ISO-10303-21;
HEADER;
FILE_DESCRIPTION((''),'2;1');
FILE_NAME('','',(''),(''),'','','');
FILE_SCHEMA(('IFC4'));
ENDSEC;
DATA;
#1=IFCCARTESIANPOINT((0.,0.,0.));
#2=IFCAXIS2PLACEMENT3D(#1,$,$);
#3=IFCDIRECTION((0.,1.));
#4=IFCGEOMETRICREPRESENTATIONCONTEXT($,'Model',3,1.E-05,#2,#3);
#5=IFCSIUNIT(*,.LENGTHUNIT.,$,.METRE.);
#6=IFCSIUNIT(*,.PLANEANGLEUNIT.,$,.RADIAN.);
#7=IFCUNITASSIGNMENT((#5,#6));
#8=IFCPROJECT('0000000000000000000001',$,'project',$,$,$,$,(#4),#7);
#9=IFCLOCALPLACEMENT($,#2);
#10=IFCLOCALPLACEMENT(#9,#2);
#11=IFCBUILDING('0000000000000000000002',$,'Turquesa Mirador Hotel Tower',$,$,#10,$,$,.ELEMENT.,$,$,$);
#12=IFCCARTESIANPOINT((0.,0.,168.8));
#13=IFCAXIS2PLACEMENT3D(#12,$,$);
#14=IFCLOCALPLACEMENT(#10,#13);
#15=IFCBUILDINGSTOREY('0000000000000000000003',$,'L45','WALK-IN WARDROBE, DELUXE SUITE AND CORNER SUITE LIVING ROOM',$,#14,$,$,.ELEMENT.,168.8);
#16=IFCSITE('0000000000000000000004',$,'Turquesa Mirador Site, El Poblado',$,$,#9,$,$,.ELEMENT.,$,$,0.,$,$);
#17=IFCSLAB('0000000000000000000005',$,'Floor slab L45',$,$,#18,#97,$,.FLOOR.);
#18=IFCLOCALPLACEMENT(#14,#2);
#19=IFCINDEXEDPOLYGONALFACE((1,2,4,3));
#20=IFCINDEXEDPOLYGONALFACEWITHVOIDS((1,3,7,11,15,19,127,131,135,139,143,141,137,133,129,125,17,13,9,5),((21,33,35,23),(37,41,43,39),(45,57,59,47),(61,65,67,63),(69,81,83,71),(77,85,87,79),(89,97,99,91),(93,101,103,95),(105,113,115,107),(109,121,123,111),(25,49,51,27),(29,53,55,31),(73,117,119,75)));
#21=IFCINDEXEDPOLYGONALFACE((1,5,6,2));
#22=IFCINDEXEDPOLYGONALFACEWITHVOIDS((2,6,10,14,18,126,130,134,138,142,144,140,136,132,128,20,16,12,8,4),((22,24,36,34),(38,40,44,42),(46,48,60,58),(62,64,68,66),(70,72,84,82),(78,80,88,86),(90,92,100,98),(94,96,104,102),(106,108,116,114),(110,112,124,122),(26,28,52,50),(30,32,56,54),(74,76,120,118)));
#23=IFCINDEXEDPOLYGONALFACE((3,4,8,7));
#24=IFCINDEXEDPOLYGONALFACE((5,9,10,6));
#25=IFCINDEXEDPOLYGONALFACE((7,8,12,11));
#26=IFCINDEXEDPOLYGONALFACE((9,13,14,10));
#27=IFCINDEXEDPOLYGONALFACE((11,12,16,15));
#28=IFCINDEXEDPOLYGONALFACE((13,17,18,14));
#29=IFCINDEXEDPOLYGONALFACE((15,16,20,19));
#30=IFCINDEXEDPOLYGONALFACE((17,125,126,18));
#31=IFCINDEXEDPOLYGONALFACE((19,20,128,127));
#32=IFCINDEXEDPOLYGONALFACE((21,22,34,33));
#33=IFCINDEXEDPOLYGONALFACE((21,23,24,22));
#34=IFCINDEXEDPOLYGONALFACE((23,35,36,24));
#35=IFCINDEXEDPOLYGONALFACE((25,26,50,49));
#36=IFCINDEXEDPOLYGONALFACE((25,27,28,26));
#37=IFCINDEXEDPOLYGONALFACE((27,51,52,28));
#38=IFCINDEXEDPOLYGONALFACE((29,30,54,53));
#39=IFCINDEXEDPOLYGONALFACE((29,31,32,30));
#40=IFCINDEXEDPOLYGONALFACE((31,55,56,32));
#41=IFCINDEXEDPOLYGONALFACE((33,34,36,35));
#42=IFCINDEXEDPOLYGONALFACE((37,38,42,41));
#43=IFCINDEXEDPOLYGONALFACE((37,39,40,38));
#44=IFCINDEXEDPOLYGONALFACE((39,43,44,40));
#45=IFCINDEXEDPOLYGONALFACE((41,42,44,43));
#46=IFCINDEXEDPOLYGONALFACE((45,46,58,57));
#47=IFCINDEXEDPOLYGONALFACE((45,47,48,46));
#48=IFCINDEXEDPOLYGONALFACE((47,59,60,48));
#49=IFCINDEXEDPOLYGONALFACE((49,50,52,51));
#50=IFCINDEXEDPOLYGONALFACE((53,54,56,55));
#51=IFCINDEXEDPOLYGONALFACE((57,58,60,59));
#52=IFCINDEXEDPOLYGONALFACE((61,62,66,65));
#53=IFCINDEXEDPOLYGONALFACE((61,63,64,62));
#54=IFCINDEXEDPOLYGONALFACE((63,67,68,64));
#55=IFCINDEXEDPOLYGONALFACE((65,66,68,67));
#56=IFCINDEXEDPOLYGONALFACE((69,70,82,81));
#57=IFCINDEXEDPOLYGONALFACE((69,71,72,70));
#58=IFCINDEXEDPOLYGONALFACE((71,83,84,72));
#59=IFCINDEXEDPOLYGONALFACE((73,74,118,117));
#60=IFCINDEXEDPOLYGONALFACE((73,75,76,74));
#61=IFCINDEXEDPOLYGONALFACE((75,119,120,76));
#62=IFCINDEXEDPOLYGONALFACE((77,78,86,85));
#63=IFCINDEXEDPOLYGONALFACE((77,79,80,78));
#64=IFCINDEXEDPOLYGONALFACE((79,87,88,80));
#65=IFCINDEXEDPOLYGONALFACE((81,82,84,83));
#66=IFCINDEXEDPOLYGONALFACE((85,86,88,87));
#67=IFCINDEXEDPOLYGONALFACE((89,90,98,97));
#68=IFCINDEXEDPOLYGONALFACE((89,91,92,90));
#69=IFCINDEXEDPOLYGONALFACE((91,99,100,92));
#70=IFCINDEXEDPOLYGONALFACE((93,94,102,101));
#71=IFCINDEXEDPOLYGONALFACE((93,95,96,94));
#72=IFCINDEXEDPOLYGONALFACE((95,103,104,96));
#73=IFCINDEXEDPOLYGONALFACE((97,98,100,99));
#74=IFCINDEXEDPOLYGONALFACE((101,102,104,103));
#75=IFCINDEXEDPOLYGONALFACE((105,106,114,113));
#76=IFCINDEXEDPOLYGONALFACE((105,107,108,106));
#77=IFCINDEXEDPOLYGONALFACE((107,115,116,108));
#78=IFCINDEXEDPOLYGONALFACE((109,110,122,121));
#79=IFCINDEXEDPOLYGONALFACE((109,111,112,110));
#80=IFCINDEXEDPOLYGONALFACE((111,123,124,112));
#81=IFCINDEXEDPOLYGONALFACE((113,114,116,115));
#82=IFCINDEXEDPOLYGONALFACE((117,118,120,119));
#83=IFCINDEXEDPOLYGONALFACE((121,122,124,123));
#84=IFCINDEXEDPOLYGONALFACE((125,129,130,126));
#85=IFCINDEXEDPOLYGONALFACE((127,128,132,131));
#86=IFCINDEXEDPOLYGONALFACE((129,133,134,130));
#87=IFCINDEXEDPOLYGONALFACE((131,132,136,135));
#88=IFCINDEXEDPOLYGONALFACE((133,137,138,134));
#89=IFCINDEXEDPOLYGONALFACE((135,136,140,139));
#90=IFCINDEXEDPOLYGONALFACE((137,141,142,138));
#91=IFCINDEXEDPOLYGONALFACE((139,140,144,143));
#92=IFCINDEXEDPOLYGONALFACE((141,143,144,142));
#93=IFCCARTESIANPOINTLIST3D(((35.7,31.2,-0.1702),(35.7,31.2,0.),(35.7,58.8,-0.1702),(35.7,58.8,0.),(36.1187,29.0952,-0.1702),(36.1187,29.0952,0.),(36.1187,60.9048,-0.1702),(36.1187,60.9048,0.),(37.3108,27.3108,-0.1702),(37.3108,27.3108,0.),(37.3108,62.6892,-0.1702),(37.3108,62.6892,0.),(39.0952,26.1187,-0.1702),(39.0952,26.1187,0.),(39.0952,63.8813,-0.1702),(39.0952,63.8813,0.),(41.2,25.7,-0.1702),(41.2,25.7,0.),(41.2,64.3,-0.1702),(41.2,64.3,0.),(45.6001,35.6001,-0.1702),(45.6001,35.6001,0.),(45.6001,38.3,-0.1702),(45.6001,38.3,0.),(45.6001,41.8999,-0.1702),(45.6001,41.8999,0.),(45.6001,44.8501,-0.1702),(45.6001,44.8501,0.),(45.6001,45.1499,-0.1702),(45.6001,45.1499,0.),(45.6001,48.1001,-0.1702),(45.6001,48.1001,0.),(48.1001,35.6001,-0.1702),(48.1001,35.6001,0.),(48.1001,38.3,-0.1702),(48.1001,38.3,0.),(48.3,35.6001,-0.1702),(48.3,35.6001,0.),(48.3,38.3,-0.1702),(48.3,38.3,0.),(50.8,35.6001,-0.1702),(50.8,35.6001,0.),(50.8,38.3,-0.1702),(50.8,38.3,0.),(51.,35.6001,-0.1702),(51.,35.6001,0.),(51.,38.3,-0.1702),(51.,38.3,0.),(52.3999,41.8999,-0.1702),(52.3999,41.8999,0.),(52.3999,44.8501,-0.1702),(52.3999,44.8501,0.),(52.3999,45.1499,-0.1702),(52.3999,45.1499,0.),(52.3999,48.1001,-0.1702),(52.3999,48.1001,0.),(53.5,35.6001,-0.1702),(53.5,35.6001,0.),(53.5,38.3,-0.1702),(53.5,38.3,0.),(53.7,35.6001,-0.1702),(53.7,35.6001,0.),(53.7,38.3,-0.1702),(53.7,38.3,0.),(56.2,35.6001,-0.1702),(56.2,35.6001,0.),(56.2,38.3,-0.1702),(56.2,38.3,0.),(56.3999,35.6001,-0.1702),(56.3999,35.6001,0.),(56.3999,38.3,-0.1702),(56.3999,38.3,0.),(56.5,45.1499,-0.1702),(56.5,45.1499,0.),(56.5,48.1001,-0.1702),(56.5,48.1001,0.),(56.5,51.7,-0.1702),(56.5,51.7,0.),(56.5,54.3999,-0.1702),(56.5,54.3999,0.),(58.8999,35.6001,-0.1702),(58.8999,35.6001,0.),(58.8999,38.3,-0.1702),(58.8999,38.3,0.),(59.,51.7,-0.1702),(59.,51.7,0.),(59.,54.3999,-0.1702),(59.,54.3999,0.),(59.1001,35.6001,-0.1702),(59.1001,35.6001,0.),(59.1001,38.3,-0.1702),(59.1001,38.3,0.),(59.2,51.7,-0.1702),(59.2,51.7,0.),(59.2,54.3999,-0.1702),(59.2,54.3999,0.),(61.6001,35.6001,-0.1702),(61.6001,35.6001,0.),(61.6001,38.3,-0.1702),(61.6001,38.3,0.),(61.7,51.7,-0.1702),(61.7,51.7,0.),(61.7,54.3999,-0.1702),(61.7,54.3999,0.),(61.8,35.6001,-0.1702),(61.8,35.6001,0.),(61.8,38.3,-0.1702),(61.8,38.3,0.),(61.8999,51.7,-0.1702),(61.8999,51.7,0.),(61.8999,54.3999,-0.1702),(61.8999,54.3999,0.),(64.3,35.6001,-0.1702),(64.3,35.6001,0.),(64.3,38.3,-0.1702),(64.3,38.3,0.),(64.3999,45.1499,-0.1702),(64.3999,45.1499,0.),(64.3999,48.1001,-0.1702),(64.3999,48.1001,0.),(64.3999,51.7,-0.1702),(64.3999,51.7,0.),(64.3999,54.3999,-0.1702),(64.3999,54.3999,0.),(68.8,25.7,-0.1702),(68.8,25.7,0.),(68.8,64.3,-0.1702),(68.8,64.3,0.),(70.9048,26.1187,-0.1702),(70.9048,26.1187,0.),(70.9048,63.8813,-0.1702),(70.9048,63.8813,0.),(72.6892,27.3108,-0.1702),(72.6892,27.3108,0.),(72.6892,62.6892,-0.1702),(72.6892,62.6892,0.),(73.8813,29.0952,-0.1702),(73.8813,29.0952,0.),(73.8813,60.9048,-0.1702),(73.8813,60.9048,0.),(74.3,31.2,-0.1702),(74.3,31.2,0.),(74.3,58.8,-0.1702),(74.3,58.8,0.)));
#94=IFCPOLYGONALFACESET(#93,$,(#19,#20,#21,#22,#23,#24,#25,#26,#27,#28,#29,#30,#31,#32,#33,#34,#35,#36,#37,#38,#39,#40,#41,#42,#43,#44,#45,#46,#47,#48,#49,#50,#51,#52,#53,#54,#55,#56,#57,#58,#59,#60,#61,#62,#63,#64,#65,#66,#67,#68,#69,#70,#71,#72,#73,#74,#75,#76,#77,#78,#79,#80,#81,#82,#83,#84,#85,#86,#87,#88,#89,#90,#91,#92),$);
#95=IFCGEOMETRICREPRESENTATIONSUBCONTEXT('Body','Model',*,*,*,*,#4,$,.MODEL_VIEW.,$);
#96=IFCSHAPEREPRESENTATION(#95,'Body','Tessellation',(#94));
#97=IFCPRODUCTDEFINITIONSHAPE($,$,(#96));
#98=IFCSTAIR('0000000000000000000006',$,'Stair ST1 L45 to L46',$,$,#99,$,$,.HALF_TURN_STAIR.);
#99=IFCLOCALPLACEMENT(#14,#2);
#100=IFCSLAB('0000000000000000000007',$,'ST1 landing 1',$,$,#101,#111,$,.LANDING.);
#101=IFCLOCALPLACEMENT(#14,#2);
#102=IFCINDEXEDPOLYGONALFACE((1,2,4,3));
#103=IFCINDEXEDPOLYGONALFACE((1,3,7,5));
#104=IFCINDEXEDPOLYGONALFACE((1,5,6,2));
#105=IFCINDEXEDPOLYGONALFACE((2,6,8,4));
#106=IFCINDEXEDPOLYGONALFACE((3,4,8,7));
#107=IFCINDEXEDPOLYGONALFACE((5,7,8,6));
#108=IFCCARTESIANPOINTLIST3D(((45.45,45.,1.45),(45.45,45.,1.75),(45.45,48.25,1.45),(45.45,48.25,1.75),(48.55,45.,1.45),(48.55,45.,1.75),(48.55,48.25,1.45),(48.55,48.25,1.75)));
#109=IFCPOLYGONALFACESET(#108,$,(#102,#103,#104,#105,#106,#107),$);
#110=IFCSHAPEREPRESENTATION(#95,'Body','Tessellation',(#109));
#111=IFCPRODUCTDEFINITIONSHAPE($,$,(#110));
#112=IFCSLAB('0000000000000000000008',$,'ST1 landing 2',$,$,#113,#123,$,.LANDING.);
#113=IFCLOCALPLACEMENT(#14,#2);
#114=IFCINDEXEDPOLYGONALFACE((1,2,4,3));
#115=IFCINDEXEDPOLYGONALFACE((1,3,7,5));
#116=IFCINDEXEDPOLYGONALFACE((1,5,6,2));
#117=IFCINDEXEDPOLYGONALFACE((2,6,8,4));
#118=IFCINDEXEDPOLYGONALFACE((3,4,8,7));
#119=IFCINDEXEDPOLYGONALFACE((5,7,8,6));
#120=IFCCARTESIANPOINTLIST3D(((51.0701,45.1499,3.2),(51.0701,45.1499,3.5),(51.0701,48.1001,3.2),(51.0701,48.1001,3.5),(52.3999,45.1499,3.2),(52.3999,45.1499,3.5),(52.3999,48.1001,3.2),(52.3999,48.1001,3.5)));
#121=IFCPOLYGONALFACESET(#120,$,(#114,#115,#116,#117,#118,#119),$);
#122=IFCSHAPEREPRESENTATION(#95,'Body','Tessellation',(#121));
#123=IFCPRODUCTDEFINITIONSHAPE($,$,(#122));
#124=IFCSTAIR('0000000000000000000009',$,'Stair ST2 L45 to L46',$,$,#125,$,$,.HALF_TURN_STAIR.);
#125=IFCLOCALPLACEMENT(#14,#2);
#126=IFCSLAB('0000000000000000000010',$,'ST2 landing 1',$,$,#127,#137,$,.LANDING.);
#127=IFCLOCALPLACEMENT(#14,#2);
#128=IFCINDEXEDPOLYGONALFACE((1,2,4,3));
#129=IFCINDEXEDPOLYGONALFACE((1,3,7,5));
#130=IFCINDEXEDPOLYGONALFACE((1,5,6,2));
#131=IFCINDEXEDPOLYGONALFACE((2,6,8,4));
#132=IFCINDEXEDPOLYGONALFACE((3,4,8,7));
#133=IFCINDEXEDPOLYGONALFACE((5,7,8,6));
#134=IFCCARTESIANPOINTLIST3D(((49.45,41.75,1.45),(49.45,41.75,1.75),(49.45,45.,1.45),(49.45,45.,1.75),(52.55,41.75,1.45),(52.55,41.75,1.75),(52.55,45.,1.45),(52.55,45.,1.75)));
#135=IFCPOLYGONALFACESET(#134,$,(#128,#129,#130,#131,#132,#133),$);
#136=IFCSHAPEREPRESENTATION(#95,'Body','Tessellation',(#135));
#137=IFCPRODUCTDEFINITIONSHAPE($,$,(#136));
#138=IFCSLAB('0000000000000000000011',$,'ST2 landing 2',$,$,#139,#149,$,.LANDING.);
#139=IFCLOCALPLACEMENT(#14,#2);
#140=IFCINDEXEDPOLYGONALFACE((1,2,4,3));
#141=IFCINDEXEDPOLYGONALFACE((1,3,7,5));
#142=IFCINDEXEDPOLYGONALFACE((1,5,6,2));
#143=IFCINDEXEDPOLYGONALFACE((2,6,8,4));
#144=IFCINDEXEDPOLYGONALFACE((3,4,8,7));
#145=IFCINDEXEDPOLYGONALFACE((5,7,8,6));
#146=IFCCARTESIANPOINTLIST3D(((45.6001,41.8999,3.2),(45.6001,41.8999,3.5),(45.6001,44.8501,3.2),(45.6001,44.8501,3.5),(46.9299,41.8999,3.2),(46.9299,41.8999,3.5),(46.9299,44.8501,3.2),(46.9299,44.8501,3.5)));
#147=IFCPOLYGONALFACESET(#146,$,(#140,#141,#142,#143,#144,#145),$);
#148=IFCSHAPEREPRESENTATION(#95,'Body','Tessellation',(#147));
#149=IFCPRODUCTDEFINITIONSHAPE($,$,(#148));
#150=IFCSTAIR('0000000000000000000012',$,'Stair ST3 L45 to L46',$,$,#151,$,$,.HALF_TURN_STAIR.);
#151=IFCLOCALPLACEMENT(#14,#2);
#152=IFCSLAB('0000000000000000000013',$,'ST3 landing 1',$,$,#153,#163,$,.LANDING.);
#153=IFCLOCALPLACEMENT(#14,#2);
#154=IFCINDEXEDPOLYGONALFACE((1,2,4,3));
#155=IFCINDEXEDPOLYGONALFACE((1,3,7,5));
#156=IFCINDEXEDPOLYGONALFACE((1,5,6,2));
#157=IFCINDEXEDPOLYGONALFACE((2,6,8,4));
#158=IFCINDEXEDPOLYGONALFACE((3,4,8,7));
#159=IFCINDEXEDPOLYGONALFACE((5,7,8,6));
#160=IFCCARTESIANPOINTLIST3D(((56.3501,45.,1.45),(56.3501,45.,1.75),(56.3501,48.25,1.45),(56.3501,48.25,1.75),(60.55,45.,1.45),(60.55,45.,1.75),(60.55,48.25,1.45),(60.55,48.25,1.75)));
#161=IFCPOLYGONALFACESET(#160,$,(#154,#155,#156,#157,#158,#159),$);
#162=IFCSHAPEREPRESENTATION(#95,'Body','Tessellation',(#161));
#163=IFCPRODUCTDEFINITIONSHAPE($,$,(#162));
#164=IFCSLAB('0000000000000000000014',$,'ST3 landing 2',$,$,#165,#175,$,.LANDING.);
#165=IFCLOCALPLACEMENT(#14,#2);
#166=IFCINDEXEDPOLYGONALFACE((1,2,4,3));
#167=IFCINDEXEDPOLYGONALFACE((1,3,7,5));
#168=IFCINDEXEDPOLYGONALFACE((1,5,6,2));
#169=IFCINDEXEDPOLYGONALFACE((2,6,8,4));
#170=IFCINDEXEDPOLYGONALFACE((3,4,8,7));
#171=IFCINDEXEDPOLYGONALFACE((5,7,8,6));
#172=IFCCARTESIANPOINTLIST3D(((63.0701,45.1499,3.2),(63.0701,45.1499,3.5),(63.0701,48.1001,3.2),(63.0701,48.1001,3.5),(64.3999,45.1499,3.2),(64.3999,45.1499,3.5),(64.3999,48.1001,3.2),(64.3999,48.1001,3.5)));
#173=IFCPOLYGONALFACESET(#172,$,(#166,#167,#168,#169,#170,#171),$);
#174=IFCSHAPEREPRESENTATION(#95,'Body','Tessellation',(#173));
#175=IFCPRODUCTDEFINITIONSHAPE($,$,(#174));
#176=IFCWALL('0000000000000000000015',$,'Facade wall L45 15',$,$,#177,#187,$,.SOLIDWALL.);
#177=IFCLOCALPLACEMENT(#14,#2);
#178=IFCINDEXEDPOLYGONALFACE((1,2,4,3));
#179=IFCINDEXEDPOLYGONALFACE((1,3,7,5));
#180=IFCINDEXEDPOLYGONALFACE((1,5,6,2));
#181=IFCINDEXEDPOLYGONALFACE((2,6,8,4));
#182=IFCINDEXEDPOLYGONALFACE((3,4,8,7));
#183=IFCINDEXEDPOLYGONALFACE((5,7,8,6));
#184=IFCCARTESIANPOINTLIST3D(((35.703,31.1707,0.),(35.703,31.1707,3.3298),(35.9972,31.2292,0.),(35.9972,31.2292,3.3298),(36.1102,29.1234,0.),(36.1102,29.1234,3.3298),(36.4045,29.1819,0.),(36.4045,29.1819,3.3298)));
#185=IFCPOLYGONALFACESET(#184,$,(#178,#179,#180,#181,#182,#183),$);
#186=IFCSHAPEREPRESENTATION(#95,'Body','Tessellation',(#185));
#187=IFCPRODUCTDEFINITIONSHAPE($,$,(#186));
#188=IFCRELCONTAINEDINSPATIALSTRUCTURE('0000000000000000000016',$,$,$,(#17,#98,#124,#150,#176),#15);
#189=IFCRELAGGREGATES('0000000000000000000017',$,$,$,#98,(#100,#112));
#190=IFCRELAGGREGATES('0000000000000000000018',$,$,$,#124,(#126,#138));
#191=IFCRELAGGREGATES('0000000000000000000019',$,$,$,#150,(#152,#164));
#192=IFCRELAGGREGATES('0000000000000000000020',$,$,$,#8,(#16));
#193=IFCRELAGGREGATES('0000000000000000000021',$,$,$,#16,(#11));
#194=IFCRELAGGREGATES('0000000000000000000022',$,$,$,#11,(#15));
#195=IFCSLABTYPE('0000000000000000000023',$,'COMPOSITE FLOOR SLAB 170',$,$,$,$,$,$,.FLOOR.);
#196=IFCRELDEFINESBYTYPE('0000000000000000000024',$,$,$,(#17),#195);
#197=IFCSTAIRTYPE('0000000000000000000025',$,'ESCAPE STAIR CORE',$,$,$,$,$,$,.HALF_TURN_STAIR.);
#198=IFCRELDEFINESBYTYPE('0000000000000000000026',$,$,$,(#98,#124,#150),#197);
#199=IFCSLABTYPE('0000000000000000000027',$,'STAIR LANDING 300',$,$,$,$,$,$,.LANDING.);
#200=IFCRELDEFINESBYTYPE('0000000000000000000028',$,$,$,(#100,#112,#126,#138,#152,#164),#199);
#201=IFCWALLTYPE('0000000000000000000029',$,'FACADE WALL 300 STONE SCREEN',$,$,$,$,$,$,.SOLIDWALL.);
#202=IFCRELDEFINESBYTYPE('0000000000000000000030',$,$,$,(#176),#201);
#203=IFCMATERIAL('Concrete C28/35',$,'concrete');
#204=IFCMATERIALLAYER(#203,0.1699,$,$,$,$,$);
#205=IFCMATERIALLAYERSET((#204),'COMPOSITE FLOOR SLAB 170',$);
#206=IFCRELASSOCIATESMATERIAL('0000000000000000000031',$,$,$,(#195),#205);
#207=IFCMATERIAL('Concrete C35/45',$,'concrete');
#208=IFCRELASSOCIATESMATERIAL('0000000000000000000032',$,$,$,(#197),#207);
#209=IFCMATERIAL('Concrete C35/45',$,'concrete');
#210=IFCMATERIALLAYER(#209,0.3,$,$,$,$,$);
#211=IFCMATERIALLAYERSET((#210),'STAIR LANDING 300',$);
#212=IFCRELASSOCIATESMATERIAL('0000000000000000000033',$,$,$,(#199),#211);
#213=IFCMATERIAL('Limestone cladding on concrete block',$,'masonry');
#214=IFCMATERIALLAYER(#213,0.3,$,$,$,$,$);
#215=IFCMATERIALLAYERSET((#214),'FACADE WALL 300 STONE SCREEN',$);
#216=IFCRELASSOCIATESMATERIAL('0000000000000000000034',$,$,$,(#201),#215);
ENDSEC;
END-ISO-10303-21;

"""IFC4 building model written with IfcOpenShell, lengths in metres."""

from ifc_helpers import new_model, si_unit, direction, frame, frame_2d, origin, place, context, subcontext, project, spatial, polyline, rectangle, outline, extrude, material, layer, layer_set, type_object, element, aggregate, save


model = new_model("IFC4")

# Units and contexts
model_context = context("Model", 3, precision=1e-05, world=origin(), true_north=direction((0.0, 1.0)))
body_context = subcontext(model_context, "Body", "Model", "MODEL_VIEW")
ifc_project = project(units=[si_unit("LENGTHUNIT", "METRE"), si_unit("PLANEANGLEUNIT", "RADIAN")], contexts=[model_context])

# Site, building, storey
site_placement = place(None, origin())
site = spatial("IfcSite", under=ifc_project, at=site_placement, Name="Turquesa Mirador Site, El Poblado", CompositionType="ELEMENT", RefElevation=0.0)
building_placement = place(site_placement, origin())
building = spatial("IfcBuilding", under=site, at=building_placement, Name="Turquesa Mirador Hotel Tower", CompositionType="ELEMENT")
storey_placement = place(building_placement, frame((0.0, 0.0, 168.8)))
storey = spatial("IfcBuildingStorey", under=building, at=storey_placement, Name="L45", Description="WALK-IN WARDROBE, DELUXE SUITE AND CORNER SUITE LIVING ROOM", CompositionType="ELEMENT", Elevation=168.8)

# Slab
ifc_material_1 = material(Name="Concrete C28/35", Category="concrete")
ifc_layer_1 = layer(ifc_material_1, 0.1699)
ifc_layer_set_1 = layer_set([ifc_layer_1], Name="COMPOSITE FLOOR SLAB 170")
slab_type_1 = type_object("IfcSlabType", Name="COMPOSITE FLOOR SLAB 170", PredefinedType="FLOOR", material=ifc_layer_set_1)
slab_1_placement = place(storey_placement, frame((0.0, 0.0, -0.1702)))
element("IfcSlab", 1, at=slab_1_placement, inside=storey, type_object=slab_type_1, Name="Floor slab L45", PredefinedType="FLOOR", context=body_context, shape_type="SweptSolid", body=[
    extrude(outline(polyline([(68.8, 25.7), (70.9048, 26.1187), (72.6892, 27.3108), (73.8813, 29.0952), (74.3, 31.2), (74.3, 58.8), (73.8813, 60.9048), (72.6892, 62.6892), (70.9048, 63.8813), (68.8, 64.3), (41.2, 64.3), (39.0952, 63.8813), (37.3108, 62.6892), (36.1187, 60.9048), (35.7, 58.8), (35.7, 31.2), (36.1187, 29.0952), (37.3108, 27.3108), (39.0952, 26.1187), (41.2, 25.7), (68.8, 25.7)]), holes=[polyline([(56.5, 51.7), (59.0, 51.7), (59.0, 54.3999), (56.5, 54.3999), (56.5, 51.7)]), polyline([(59.2, 51.7), (61.7, 51.7), (61.7, 54.3999), (59.2, 54.3999), (59.2, 51.7)]), polyline([(45.6001, 35.6001), (48.1001, 35.6001), (48.1001, 38.3), (45.6001, 38.3), (45.6001, 35.6001)]), polyline([(48.3, 35.6001), (50.8, 35.6001), (50.8, 38.3), (48.3, 38.3), (48.3, 35.6001)]), polyline([(51.0, 35.6001), (53.5, 35.6001), (53.5, 38.3), (51.0, 38.3), (51.0, 35.6001)]), polyline([(53.7, 35.6001), (56.2, 35.6001), (56.2, 38.3), (53.7, 38.3), (53.7, 35.6001)]), polyline([(56.3999, 35.6001), (58.8999, 35.6001), (58.8999, 38.3), (56.3999, 38.3), (56.3999, 35.6001)]), polyline([(59.1001, 35.6001), (61.6001, 35.6001), (61.6001, 38.3), (59.1001, 38.3), (59.1001, 35.6001)]), polyline([(61.8, 35.6001), (64.3, 35.6001), (64.3, 38.3), (61.8, 38.3), (61.8, 35.6001)]), polyline([(45.6001, 45.1499), (52.3999, 45.1499), (52.3999, 48.1001), (45.6001, 48.1001), (45.6001, 45.1499)]), polyline([(45.6001, 41.8999), (52.3999, 41.8999), (52.3999, 44.8501), (45.6001, 44.8501), (45.6001, 41.8999)]), polyline([(56.5, 45.1499), (64.3999, 45.1499), (64.3999, 48.1001), (56.5, 48.1001), (56.5, 45.1499)]), polyline([(61.8999, 51.7), (64.3999, 51.7), (64.3999, 54.3999), (61.8999, 54.3999), (61.8999, 51.7)])]), origin(), (0.0, 0.0, 1.0), 0.1702),
])

# Stairs, slabs
ifc_material_2 = material(Name="Concrete C35/45", Category="concrete")
stair_type = type_object("IfcStairType", Name="ESCAPE STAIR CORE", PredefinedType="HALF_TURN_STAIR", material=ifc_material_2)
stair_1_placement = place(storey_placement, origin())
stair_1 = element("IfcStair", 2, at=stair_1_placement, inside=storey, type_object=stair_type, Name="Stair ST1 L45 to L46", PredefinedType="HALF_TURN_STAIR")
ifc_material_3 = material(Name="Concrete C35/45", Category="concrete")
ifc_layer_2 = layer(ifc_material_3, 0.3)
ifc_layer_set_2 = layer_set([ifc_layer_2], Name="STAIR LANDING 300")
slab_type_2 = type_object("IfcSlabType", Name="STAIR LANDING 300", PredefinedType="LANDING", material=ifc_layer_set_2)
slab_2_placement = place(storey_placement, frame((0.0, 0.0, 1.45)))
slab_2 = element("IfcSlab", 3, at=slab_2_placement, type_object=slab_type_2, Name="ST1 landing 1", PredefinedType="LANDING", context=body_context, shape_type="SweptSolid", body=[
    extrude(outline(polyline([(45.45, 45.0), (48.55, 45.0), (48.55, 48.25), (45.45, 48.25), (45.45, 45.0)])), origin(), (0.0, 0.0, 1.0), 0.3),
])
slab_3_placement = place(storey_placement, frame((0.0, 0.0, 3.2)))
slab_3 = element("IfcSlab", 4, at=slab_3_placement, type_object=slab_type_2, Name="ST1 landing 2", PredefinedType="LANDING", context=body_context, shape_type="SweptSolid", body=[
    extrude(outline(polyline([(51.0701, 45.1499), (52.3999, 45.1499), (52.3999, 48.1001), (51.0701, 48.1001), (51.0701, 45.1499)])), origin(), (0.0, 0.0, 1.0), 0.3),
])
aggregate(stair_1, [slab_2, slab_3])
stair_2_placement = place(storey_placement, origin())
stair_2 = element("IfcStair", 5, at=stair_2_placement, inside=storey, type_object=stair_type, Name="Stair ST2 L45 to L46", PredefinedType="HALF_TURN_STAIR")
slab_4_placement = place(storey_placement, frame((0.0, 0.0, 1.45)))
slab_4 = element("IfcSlab", 6, at=slab_4_placement, type_object=slab_type_2, Name="ST2 landing 1", PredefinedType="LANDING", context=body_context, shape_type="SweptSolid", body=[
    extrude(outline(polyline([(52.55, 45.0), (49.45, 45.0), (49.45, 41.75), (52.55, 41.75), (52.55, 45.0)])), origin(), (0.0, 0.0, 1.0), 0.3),
])
slab_5_placement = place(storey_placement, frame((0.0, 0.0, 3.2)))
slab_5 = element("IfcSlab", 7, at=slab_5_placement, type_object=slab_type_2, Name="ST2 landing 2", PredefinedType="LANDING", context=body_context, shape_type="SweptSolid", body=[
    extrude(outline(polyline([(46.9299, 44.8501), (45.6001, 44.8501), (45.6001, 41.8999), (46.9299, 41.8999), (46.9299, 44.8501)])), origin(), (0.0, 0.0, 1.0), 0.3),
])
aggregate(stair_2, [slab_4, slab_5])
stair_3_placement = place(storey_placement, origin())
stair_3 = element("IfcStair", 8, at=stair_3_placement, inside=storey, type_object=stair_type, Name="Stair ST3 L45 to L46", PredefinedType="HALF_TURN_STAIR")
slab_6_placement = place(storey_placement, frame((0.0, 0.0, 1.45)))
slab_6 = element("IfcSlab", 9, at=slab_6_placement, type_object=slab_type_2, Name="ST3 landing 1", PredefinedType="LANDING", context=body_context, shape_type="SweptSolid", body=[
    extrude(outline(polyline([(56.3501, 45.0), (60.55, 45.0), (60.55, 48.25), (56.3501, 48.25), (56.3501, 45.0)])), origin(), (0.0, 0.0, 1.0), 0.3),
])
slab_7_placement = place(storey_placement, frame((0.0, 0.0, 3.2)))
slab_7 = element("IfcSlab", 10, at=slab_7_placement, type_object=slab_type_2, Name="ST3 landing 2", PredefinedType="LANDING", context=body_context, shape_type="SweptSolid", body=[
    extrude(outline(polyline([(63.0701, 45.1499), (64.3999, 45.1499), (64.3999, 48.1001), (63.0701, 48.1001), (63.0701, 45.1499)])), origin(), (0.0, 0.0, 1.0), 0.3),
])
aggregate(stair_3, [slab_6, slab_7])

# Wall
ifc_material_4 = material(Name="Limestone cladding on concrete block", Category="masonry")
ifc_layer_3 = layer(ifc_material_4, 0.3)
ifc_layer_set_3 = layer_set([ifc_layer_3], Name="FACADE WALL 300 STONE SCREEN")
wall_type_1 = type_object("IfcWallType", Name="FACADE WALL 300 STONE SCREEN", PredefinedType="SOLIDWALL", material=ifc_layer_set_3)
wall_1_placement = place(storey_placement, frame((35.8501, 31.2, 0.0), z_axis=(0.0, 0.0, 1.0), x_axis=(0.195081, -0.980787, 0.0)))
element("IfcWall", 11, at=wall_1_placement, inside=storey, type_object=wall_type_1, Name="Facade wall L45 15", PredefinedType="SOLIDWALL", context=body_context, shape_type="SweptSolid", body=[
    extrude(rectangle(XDim=2.0874, YDim=0.3, at=frame_2d((1.0437, 0.0))), origin(), (0.0, 0.0, 1.0), 3.3298),
])

save(model, "model.ifc")
